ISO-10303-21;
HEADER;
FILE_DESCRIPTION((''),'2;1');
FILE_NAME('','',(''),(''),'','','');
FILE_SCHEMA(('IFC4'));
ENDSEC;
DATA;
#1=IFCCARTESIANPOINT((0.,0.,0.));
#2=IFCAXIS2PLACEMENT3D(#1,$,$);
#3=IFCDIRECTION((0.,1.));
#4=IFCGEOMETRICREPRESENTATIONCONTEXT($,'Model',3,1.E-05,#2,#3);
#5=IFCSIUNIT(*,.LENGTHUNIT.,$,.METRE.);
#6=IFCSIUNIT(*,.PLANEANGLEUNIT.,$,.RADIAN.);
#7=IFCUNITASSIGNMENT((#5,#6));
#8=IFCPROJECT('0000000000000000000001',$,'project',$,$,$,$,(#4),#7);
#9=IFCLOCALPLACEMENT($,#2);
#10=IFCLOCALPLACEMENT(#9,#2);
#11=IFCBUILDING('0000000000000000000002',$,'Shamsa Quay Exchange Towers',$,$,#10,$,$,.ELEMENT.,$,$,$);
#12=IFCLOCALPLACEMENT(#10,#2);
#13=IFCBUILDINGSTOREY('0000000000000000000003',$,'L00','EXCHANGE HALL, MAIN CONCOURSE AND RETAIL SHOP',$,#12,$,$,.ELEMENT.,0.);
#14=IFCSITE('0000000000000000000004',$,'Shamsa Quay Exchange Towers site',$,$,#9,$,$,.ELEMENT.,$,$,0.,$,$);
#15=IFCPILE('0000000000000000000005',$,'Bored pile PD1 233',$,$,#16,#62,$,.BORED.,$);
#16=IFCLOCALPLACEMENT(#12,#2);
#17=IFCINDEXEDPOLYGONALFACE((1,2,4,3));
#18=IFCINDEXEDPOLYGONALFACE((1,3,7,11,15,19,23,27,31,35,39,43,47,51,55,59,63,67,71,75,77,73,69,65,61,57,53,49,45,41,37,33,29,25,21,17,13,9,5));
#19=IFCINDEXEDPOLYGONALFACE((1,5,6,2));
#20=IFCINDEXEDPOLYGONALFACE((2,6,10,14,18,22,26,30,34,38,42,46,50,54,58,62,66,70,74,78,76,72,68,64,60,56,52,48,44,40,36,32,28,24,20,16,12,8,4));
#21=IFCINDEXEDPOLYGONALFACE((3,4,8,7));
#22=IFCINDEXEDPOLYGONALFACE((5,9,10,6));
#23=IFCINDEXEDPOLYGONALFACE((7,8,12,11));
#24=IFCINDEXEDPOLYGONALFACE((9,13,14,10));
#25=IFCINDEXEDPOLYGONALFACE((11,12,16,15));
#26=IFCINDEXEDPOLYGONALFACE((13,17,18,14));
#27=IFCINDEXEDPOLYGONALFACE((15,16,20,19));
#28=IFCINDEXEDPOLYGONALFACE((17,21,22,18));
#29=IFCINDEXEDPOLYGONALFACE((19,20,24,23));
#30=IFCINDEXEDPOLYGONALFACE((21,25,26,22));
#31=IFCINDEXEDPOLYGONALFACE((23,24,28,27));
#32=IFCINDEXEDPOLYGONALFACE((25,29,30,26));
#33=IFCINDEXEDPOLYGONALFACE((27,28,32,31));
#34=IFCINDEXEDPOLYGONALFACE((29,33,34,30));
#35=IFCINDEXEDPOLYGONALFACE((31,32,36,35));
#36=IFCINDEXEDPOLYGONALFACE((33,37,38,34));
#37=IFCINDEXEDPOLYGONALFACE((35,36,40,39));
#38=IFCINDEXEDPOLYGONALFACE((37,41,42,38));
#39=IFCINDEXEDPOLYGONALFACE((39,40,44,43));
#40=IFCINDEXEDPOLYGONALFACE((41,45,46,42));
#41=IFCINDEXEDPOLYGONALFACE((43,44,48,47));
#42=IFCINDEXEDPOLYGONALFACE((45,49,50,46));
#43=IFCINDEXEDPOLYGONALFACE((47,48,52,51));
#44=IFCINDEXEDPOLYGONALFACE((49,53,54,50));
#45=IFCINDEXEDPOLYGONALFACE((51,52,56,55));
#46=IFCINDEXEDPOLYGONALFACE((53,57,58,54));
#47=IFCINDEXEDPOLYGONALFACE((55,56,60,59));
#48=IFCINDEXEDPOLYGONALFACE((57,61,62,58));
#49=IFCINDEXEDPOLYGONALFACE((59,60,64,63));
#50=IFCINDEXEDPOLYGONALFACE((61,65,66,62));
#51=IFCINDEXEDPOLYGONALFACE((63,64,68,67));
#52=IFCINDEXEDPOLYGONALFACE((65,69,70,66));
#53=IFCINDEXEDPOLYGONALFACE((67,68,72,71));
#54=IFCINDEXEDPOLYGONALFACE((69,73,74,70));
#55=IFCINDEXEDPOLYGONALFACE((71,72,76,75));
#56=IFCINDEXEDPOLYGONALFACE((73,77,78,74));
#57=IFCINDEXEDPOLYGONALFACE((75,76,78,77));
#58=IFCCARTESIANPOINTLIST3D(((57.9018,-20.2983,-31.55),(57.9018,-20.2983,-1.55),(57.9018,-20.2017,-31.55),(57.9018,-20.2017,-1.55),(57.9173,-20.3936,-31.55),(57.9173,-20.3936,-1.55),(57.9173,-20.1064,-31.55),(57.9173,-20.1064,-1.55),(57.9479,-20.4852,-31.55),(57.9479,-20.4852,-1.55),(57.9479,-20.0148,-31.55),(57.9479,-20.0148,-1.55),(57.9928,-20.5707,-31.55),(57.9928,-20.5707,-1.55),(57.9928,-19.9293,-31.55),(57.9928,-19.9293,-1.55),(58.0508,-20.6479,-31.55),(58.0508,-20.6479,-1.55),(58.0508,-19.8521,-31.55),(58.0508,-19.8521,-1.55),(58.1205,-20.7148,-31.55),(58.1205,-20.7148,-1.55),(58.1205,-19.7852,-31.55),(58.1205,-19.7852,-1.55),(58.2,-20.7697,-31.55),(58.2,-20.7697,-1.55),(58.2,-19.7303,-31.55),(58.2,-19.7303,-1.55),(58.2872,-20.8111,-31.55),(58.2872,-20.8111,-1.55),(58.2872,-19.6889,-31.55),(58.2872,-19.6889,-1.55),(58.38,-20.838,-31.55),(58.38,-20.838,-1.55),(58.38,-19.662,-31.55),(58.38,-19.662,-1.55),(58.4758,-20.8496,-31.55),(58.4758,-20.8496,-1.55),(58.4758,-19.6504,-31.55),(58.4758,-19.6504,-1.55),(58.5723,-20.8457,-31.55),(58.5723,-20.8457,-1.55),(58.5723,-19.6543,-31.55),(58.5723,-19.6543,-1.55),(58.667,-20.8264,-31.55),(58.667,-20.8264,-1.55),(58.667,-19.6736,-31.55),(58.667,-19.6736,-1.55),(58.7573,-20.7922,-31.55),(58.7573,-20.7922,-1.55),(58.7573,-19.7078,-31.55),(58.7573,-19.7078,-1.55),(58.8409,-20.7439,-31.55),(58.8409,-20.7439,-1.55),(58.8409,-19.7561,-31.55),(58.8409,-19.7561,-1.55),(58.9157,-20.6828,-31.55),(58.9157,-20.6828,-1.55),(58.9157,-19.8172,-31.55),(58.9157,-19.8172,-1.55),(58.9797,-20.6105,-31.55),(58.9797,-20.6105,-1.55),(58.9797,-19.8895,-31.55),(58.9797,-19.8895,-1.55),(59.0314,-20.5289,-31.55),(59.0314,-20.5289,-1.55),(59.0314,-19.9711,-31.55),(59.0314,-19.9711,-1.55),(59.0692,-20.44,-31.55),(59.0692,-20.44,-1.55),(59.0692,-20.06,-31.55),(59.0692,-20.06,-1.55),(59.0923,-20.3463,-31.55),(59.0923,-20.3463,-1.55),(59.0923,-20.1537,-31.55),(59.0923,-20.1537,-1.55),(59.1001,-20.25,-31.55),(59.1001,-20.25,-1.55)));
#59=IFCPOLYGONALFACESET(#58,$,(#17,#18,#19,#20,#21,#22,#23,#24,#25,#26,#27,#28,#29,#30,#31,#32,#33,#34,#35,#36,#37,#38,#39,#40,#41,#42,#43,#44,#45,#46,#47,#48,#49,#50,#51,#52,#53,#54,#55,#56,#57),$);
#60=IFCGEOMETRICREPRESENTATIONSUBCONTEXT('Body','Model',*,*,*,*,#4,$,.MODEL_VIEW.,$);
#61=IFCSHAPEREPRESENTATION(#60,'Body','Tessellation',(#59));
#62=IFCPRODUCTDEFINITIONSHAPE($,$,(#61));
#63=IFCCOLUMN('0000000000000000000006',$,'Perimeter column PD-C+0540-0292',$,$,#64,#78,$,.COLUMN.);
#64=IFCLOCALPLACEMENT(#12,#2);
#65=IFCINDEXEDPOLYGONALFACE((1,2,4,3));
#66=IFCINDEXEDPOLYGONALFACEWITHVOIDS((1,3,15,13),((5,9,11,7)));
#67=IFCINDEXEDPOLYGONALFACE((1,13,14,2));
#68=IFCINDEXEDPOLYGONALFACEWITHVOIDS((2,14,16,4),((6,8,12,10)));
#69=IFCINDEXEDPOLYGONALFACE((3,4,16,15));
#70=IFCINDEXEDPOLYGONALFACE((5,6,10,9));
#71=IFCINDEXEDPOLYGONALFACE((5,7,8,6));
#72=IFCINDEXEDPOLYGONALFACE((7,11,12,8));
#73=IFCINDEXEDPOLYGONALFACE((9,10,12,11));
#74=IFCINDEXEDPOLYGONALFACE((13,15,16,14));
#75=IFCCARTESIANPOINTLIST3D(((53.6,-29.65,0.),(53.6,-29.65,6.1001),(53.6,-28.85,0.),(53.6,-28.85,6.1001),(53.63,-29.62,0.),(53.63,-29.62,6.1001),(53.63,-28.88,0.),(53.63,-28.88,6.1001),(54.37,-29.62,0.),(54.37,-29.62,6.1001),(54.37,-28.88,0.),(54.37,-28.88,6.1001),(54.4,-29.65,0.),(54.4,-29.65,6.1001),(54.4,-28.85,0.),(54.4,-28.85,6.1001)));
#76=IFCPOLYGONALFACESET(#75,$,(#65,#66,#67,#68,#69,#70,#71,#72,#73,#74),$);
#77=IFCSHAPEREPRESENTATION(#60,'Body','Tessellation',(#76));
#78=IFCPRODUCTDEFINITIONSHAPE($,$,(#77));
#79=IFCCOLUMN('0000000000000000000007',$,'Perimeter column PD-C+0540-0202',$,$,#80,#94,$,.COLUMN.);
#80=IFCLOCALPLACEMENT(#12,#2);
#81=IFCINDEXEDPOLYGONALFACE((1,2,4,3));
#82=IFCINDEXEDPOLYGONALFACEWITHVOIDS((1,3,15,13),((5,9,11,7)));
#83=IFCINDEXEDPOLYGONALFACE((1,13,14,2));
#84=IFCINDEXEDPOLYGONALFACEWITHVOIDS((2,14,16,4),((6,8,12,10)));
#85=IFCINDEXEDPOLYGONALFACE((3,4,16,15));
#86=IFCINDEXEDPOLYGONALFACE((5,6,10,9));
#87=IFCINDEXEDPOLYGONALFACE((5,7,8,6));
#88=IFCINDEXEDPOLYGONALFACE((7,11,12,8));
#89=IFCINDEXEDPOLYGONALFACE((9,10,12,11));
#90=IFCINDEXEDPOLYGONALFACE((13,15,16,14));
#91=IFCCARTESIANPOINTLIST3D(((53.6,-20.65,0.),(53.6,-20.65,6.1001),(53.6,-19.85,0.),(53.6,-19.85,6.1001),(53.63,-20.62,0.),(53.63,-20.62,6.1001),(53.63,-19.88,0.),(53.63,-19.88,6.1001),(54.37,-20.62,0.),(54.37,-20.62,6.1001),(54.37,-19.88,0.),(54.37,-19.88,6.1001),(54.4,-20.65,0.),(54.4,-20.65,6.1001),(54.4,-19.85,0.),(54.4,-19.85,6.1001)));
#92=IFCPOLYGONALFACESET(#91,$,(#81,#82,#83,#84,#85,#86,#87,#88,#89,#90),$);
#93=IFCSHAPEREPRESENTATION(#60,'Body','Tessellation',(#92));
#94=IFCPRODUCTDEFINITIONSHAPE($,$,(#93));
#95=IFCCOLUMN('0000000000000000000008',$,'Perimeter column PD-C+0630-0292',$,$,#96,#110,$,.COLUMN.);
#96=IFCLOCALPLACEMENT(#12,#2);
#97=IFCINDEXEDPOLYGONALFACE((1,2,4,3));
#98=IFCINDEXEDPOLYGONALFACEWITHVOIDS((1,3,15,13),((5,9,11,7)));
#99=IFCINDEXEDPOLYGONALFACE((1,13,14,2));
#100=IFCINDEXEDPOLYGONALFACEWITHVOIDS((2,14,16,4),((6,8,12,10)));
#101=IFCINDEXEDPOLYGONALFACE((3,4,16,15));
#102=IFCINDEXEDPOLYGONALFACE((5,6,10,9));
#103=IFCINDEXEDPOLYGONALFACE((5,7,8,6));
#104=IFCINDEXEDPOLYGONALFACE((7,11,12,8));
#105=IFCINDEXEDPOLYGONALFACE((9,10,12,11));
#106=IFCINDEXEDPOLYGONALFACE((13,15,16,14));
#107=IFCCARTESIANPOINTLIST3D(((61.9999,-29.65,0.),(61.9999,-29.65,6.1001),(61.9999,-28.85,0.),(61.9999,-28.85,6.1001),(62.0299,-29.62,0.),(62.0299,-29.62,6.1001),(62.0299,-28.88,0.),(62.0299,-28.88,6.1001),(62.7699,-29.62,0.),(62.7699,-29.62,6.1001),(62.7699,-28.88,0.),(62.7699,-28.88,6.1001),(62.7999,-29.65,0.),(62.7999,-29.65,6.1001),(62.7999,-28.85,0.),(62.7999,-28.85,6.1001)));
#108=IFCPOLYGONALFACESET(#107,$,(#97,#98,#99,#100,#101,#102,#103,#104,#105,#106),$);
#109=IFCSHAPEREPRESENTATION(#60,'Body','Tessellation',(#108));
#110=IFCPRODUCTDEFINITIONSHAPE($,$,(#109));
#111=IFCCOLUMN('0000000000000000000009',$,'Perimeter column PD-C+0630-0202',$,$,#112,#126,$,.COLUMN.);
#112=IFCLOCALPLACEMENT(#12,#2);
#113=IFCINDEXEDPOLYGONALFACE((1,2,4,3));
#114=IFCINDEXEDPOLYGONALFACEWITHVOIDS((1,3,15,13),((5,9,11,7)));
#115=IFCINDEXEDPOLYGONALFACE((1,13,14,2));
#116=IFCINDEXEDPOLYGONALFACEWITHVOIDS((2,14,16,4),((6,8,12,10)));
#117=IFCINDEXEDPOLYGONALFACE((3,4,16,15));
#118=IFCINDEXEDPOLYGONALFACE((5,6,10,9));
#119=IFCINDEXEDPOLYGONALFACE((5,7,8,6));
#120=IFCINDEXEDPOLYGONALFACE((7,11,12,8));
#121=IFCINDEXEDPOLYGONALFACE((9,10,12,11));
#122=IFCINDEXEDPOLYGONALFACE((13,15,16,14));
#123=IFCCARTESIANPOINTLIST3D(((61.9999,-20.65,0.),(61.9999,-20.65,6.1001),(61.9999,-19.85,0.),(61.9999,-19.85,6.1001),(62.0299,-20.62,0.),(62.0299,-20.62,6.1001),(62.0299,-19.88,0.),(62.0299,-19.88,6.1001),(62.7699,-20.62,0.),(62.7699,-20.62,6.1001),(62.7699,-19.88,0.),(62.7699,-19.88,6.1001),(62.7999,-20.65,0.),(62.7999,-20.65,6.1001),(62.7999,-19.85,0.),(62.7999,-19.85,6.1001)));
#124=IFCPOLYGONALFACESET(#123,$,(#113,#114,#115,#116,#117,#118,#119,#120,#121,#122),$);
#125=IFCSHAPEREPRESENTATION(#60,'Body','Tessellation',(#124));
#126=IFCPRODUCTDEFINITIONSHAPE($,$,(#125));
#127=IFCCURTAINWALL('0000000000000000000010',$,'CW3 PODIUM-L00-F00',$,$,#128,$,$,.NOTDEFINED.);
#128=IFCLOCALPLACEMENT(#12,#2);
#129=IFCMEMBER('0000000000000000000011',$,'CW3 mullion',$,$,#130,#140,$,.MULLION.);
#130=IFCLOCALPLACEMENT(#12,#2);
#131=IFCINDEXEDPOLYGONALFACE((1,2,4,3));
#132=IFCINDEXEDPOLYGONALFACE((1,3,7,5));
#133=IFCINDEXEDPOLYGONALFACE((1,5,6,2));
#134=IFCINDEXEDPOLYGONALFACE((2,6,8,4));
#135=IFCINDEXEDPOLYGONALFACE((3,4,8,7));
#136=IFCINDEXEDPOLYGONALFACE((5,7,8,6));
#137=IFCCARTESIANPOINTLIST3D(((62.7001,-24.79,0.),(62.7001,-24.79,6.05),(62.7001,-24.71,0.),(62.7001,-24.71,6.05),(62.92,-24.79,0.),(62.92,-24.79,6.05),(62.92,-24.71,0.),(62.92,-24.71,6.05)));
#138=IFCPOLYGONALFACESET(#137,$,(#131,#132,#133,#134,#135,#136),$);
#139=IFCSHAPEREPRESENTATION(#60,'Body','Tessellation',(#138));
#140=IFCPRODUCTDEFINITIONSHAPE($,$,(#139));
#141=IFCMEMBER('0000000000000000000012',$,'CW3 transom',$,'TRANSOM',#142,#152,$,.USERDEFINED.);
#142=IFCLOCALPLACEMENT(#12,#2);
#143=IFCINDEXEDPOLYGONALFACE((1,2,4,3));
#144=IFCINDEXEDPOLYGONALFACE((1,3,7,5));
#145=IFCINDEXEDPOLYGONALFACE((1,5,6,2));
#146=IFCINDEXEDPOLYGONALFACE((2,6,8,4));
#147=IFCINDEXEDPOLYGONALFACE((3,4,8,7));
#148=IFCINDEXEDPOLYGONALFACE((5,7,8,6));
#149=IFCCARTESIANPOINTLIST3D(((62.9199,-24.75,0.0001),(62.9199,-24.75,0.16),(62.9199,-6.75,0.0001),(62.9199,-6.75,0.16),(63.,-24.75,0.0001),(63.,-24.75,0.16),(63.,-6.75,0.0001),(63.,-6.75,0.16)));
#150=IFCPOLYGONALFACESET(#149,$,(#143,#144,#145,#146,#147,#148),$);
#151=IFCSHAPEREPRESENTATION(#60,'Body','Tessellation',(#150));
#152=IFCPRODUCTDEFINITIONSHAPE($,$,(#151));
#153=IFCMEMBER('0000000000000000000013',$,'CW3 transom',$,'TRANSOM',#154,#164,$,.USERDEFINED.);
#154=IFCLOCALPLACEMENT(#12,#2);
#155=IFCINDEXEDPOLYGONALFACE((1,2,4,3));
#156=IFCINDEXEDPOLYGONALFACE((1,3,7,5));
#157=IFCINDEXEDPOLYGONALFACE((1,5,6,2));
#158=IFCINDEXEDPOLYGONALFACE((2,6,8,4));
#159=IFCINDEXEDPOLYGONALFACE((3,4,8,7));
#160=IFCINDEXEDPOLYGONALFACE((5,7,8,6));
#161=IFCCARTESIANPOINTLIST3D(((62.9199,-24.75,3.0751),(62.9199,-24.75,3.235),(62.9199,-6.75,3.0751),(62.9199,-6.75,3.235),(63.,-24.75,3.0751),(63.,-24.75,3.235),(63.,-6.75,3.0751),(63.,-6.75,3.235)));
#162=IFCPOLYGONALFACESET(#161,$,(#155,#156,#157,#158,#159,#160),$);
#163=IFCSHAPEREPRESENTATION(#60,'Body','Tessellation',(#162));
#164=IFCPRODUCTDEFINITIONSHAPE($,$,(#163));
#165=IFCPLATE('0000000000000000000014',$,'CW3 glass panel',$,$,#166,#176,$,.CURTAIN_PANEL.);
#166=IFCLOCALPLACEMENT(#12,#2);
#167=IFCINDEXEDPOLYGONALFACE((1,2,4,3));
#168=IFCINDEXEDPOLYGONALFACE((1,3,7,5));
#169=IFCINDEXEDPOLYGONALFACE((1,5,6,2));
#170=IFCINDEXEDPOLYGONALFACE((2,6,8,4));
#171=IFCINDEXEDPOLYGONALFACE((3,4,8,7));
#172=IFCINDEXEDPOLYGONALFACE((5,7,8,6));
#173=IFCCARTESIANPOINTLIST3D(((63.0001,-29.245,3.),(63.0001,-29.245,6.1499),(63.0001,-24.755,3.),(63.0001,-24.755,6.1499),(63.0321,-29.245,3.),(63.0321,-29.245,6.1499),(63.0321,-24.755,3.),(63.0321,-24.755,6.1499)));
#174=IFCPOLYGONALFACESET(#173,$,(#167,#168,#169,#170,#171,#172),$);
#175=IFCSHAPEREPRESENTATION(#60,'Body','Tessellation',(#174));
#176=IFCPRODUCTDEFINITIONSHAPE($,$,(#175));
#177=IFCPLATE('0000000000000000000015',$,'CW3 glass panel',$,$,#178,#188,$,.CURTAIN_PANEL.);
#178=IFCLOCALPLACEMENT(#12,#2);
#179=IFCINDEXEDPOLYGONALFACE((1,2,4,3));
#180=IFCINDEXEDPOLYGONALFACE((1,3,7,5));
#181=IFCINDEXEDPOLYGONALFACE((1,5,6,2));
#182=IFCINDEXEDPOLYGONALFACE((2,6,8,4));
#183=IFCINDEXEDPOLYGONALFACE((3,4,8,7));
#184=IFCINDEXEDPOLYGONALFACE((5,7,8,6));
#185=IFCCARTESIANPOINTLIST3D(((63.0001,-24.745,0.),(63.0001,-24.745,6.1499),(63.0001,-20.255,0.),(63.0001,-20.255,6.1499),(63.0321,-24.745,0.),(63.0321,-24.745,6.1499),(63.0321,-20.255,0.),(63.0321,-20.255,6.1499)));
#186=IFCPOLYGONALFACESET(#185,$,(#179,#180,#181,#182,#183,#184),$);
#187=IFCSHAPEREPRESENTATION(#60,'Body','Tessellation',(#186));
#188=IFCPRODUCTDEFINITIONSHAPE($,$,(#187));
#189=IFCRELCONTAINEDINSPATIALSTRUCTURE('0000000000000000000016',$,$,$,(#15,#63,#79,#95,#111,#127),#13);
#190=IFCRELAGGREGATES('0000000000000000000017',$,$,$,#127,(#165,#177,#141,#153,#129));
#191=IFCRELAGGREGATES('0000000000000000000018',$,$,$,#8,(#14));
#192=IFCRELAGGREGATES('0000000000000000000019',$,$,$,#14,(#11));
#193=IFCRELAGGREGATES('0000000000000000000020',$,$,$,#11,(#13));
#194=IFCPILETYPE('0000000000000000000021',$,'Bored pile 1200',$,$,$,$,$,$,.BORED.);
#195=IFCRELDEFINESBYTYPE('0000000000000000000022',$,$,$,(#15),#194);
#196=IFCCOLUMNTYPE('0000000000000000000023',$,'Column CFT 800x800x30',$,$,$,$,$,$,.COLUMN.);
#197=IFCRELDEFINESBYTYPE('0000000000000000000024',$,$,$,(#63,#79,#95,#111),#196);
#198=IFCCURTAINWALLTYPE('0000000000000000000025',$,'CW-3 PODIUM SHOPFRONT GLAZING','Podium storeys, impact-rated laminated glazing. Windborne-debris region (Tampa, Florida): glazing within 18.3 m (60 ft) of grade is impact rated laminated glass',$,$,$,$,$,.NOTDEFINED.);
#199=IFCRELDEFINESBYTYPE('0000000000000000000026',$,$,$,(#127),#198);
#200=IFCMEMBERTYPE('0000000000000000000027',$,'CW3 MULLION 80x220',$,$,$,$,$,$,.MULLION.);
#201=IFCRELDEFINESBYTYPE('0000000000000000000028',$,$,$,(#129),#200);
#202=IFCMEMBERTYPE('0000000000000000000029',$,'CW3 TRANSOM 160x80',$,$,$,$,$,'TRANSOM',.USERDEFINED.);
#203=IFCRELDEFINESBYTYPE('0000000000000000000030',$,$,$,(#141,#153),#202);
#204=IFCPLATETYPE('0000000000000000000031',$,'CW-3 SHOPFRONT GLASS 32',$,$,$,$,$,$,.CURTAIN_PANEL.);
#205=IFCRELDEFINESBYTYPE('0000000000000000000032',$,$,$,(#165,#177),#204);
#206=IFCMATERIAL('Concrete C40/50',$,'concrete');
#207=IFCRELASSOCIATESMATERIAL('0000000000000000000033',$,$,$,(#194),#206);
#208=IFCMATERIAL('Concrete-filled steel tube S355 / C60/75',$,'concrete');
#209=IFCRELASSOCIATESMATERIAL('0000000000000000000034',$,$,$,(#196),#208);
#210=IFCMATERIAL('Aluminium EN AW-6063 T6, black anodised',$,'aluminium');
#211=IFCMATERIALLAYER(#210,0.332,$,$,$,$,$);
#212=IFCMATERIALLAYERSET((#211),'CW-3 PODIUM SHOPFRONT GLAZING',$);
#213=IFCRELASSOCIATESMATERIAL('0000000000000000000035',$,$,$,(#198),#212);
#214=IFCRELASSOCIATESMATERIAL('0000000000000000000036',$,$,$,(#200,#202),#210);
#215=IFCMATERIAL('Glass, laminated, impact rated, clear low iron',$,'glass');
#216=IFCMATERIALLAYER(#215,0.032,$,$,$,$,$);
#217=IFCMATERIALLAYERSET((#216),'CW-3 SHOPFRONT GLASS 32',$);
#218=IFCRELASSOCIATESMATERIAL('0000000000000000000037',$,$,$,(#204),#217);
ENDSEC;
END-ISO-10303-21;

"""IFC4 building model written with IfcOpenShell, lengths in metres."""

from ifc_helpers import new_model, si_unit, direction, frame, origin, origin_2d, place, context, subcontext, project, spatial, rectangle, hollow_rectangle, circle, extrude, material, layer, layer_set, material_profile, profile_set, type_object, element, aggregate, save


model = new_model("IFC4")

# Units and contexts
model_context = context("Model", 3, precision=1e-05, world=origin(), true_north=direction((0.0, 1.0)))
body_context = subcontext(model_context, "Body", "Model", "MODEL_VIEW")
ifc_project = project(units=[si_unit("LENGTHUNIT", "METRE"), si_unit("PLANEANGLEUNIT", "RADIAN")], contexts=[model_context])

# Site, building, storey
site_placement = place(None, origin())
site = spatial("IfcSite", under=ifc_project, at=site_placement, Name="Shamsa Quay Exchange Towers site", CompositionType="ELEMENT", RefElevation=0.0)
building_placement = place(site_placement, origin())
building = spatial("IfcBuilding", under=site, at=building_placement, Name="Shamsa Quay Exchange Towers", CompositionType="ELEMENT")
storey_placement = place(building_placement, origin())
storey = spatial("IfcBuildingStorey", under=building, at=storey_placement, Name="L00", Description="EXCHANGE HALL, MAIN CONCOURSE AND RETAIL SHOP", CompositionType="ELEMENT", Elevation=0.0)

# Pile
ifc_material_1 = material(Name="Concrete C40/50", Category="concrete")
ifc_material_profile_1 = material_profile(ifc_material_1, circle(Radius=0.6001, at=origin_2d()), Name="BP1200")
ifc_profile_set_1 = profile_set([ifc_material_profile_1], Name="Concrete C40/50")
pile_type = type_object("IfcPileType", Name="Bored pile 1200", PredefinedType="BORED", material=ifc_profile_set_1)
for number, where, z_axis, x_axis, name in (
    (1, (58.5, -20.25, -1.55), (0.0, 0.0, -1.0), (1.0, 0.0, 0.0), "Bored pile PD1 233"),
):
    element("IfcPile", number, at=place(storey_placement, frame(where, z_axis=z_axis, x_axis=x_axis)), inside=storey, type_object=pile_type, Name=name, PredefinedType="BORED", context=body_context, shape_type="SweptSolid", body=[
        extrude(circle(Radius=0.6001, at=origin_2d()), origin(), (0.0, 0.0, 1.0), 30.0),
    ])

# Columns
ifc_material_2 = material(Name="Concrete-filled steel tube S355 / C60/75", Category="concrete")
ifc_material_profile_2 = material_profile(ifc_material_2, hollow_rectangle(XDim=0.8, YDim=0.8, WallThickness=0.03, at=origin_2d()), Name="CFT 800x800x30")
ifc_profile_set_2 = profile_set([ifc_material_profile_2], Name="Concrete-filled steel tube S355 / C60/75")
column_type = type_object("IfcColumnType", Name="Column CFT 800x800x30", PredefinedType="COLUMN", material=ifc_profile_set_2)
for number, where, name in (
    (2, (54.0, -29.25, 0.0), "Perimeter column PD-C+0540-0292"),
    (3, (54.0, -20.25, 0.0), "Perimeter column PD-C+0540-0202"),
    (4, (62.3999, -29.25, 0.0), "Perimeter column PD-C+0630-0292"),
    (5, (62.3999, -20.25, 0.0), "Perimeter column PD-C+0630-0202"),
):
    element("IfcColumn", number, at=place(storey_placement, frame(where)), inside=storey, type_object=column_type, Name=name, PredefinedType="COLUMN", context=body_context, shape_type="SweptSolid", body=[
        extrude(hollow_rectangle(XDim=0.8, YDim=0.8, WallThickness=0.03, at=origin_2d()), origin(), (0.0, 0.0, 1.0), 6.1001),
    ])

# Curtain wall, members, plates
ifc_material_3 = material(Name="Aluminium EN AW-6063 T6, black anodised", Category="aluminium")
ifc_layer_1 = layer(ifc_material_3, 0.332)
ifc_layer_set_1 = layer_set([ifc_layer_1], Name="CW-3 PODIUM SHOPFRONT GLAZING")
curtain_wall_type = type_object("IfcCurtainWallType", Name="CW-3 PODIUM SHOPFRONT GLAZING", Description="Podium storeys, impact-rated laminated glazing. Windborne-debris region (Tampa, Florida): glazing within 18.3 m (60 ft) of grade is impact rated laminated glass", PredefinedType="NOTDEFINED", material=ifc_layer_set_1)
curtain_wall_placement = place(storey_placement, origin())
curtain_wall = element("IfcCurtainWall", 6, at=curtain_wall_placement, inside=storey, type_object=curtain_wall_type, Name="CW3 PODIUM-L00-F00", PredefinedType="NOTDEFINED")
ifc_material_profile_3 = material_profile(ifc_material_3, rectangle(XDim=0.22, YDim=0.0801, at=origin_2d()), Name="MU80x220")
ifc_profile_set_3 = profile_set([ifc_material_profile_3], Name="Aluminium EN AW-6063 T6, black anodised")
member_type_1 = type_object("IfcMemberType", Name="CW3 MULLION 80x220", PredefinedType="MULLION", material=ifc_profile_set_3)
member_1_placement = place(storey_placement, frame((62.8101, -24.75, 0.0), z_axis=(0.0, 0.0, 1.0), x_axis=(-1.0, 0.0, 0.0)))
member_1 = element("IfcMember", 7, at=member_1_placement, type_object=member_type_1, Name="CW3 mullion", PredefinedType="MULLION", context=body_context, shape_type="SweptSolid", body=[
    extrude(rectangle(XDim=0.22, YDim=0.0801, at=origin_2d()), origin(), (0.0, 0.0, 1.0), 6.05),
])
ifc_material_profile_4 = material_profile(ifc_material_3, rectangle(XDim=0.0801, YDim=0.1599, at=origin_2d()), Name="TR160x80")
ifc_profile_set_4 = profile_set([ifc_material_profile_4], Name="Aluminium EN AW-6063 T6, black anodised")
member_type_2 = type_object("IfcMemberType", Name="CW3 TRANSOM 160x80", ElementType="TRANSOM", PredefinedType="USERDEFINED", material=ifc_profile_set_4)
member_2_placement = place(storey_placement, frame((62.96, -24.75, 0.0801), z_axis=(0.0, 1.0, 0.0), x_axis=(-1.0, 0.0, 0.0)))
member_2 = element("IfcMember", 8, at=member_2_placement, type_object=member_type_2, Name="CW3 transom", ObjectType="TRANSOM", PredefinedType="USERDEFINED", context=body_context, shape_type="SweptSolid", body=[
    extrude(rectangle(XDim=0.0801, YDim=0.1599, at=origin_2d()), origin(), (0.0, 0.0, 1.0), 18.0),
])
member_3_placement = place(storey_placement, frame((62.96, -24.75, 3.155), z_axis=(0.0, 1.0, 0.0), x_axis=(-1.0, 0.0, 0.0)))
member_3 = element("IfcMember", 9, at=member_3_placement, type_object=member_type_2, Name="CW3 transom", ObjectType="TRANSOM", PredefinedType="USERDEFINED", context=body_context, shape_type="SweptSolid", body=[
    extrude(rectangle(XDim=0.0801, YDim=0.1599, at=origin_2d()), origin(), (0.0, 0.0, 1.0), 18.0),
])
ifc_material_4 = material(Name="Glass, laminated, impact rated, clear low iron", Category="glass")
ifc_layer_2 = layer(ifc_material_4, 0.032)
ifc_layer_set_2 = layer_set([ifc_layer_2], Name="CW-3 SHOPFRONT GLASS 32")
plate_type = type_object("IfcPlateType", Name="CW-3 SHOPFRONT GLASS 32", PredefinedType="CURTAIN_PANEL", material=ifc_layer_set_2)
plate_1_placement = place(storey_placement, frame((63.0161, -27.0, 3.0), z_axis=(0.0, 0.0, 1.0), x_axis=(0.0, 1.0, 0.0)))
plate_1 = element("IfcPlate", 10, at=plate_1_placement, type_object=plate_type, Name="CW3 glass panel", PredefinedType="CURTAIN_PANEL", context=body_context, shape_type="SweptSolid", body=[
    extrude(rectangle(XDim=4.49, YDim=0.032, at=origin_2d()), origin(), (0.0, 0.0, 1.0), 3.1499),
])
plate_2_placement = place(storey_placement, frame((63.0161, -22.5, 0.0), z_axis=(0.0, 0.0, 1.0), x_axis=(0.0, 1.0, 0.0)))
plate_2 = element("IfcPlate", 11, at=plate_2_placement, type_object=plate_type, Name="CW3 glass panel", PredefinedType="CURTAIN_PANEL", context=body_context, shape_type="SweptSolid", body=[
    extrude(rectangle(XDim=4.49, YDim=0.032, at=origin_2d()), origin(), (0.0, 0.0, 1.0), 6.1499),
])
aggregate(curtain_wall, [plate_1, plate_2, member_2, member_3, member_1])

save(model, "model.ifc")
